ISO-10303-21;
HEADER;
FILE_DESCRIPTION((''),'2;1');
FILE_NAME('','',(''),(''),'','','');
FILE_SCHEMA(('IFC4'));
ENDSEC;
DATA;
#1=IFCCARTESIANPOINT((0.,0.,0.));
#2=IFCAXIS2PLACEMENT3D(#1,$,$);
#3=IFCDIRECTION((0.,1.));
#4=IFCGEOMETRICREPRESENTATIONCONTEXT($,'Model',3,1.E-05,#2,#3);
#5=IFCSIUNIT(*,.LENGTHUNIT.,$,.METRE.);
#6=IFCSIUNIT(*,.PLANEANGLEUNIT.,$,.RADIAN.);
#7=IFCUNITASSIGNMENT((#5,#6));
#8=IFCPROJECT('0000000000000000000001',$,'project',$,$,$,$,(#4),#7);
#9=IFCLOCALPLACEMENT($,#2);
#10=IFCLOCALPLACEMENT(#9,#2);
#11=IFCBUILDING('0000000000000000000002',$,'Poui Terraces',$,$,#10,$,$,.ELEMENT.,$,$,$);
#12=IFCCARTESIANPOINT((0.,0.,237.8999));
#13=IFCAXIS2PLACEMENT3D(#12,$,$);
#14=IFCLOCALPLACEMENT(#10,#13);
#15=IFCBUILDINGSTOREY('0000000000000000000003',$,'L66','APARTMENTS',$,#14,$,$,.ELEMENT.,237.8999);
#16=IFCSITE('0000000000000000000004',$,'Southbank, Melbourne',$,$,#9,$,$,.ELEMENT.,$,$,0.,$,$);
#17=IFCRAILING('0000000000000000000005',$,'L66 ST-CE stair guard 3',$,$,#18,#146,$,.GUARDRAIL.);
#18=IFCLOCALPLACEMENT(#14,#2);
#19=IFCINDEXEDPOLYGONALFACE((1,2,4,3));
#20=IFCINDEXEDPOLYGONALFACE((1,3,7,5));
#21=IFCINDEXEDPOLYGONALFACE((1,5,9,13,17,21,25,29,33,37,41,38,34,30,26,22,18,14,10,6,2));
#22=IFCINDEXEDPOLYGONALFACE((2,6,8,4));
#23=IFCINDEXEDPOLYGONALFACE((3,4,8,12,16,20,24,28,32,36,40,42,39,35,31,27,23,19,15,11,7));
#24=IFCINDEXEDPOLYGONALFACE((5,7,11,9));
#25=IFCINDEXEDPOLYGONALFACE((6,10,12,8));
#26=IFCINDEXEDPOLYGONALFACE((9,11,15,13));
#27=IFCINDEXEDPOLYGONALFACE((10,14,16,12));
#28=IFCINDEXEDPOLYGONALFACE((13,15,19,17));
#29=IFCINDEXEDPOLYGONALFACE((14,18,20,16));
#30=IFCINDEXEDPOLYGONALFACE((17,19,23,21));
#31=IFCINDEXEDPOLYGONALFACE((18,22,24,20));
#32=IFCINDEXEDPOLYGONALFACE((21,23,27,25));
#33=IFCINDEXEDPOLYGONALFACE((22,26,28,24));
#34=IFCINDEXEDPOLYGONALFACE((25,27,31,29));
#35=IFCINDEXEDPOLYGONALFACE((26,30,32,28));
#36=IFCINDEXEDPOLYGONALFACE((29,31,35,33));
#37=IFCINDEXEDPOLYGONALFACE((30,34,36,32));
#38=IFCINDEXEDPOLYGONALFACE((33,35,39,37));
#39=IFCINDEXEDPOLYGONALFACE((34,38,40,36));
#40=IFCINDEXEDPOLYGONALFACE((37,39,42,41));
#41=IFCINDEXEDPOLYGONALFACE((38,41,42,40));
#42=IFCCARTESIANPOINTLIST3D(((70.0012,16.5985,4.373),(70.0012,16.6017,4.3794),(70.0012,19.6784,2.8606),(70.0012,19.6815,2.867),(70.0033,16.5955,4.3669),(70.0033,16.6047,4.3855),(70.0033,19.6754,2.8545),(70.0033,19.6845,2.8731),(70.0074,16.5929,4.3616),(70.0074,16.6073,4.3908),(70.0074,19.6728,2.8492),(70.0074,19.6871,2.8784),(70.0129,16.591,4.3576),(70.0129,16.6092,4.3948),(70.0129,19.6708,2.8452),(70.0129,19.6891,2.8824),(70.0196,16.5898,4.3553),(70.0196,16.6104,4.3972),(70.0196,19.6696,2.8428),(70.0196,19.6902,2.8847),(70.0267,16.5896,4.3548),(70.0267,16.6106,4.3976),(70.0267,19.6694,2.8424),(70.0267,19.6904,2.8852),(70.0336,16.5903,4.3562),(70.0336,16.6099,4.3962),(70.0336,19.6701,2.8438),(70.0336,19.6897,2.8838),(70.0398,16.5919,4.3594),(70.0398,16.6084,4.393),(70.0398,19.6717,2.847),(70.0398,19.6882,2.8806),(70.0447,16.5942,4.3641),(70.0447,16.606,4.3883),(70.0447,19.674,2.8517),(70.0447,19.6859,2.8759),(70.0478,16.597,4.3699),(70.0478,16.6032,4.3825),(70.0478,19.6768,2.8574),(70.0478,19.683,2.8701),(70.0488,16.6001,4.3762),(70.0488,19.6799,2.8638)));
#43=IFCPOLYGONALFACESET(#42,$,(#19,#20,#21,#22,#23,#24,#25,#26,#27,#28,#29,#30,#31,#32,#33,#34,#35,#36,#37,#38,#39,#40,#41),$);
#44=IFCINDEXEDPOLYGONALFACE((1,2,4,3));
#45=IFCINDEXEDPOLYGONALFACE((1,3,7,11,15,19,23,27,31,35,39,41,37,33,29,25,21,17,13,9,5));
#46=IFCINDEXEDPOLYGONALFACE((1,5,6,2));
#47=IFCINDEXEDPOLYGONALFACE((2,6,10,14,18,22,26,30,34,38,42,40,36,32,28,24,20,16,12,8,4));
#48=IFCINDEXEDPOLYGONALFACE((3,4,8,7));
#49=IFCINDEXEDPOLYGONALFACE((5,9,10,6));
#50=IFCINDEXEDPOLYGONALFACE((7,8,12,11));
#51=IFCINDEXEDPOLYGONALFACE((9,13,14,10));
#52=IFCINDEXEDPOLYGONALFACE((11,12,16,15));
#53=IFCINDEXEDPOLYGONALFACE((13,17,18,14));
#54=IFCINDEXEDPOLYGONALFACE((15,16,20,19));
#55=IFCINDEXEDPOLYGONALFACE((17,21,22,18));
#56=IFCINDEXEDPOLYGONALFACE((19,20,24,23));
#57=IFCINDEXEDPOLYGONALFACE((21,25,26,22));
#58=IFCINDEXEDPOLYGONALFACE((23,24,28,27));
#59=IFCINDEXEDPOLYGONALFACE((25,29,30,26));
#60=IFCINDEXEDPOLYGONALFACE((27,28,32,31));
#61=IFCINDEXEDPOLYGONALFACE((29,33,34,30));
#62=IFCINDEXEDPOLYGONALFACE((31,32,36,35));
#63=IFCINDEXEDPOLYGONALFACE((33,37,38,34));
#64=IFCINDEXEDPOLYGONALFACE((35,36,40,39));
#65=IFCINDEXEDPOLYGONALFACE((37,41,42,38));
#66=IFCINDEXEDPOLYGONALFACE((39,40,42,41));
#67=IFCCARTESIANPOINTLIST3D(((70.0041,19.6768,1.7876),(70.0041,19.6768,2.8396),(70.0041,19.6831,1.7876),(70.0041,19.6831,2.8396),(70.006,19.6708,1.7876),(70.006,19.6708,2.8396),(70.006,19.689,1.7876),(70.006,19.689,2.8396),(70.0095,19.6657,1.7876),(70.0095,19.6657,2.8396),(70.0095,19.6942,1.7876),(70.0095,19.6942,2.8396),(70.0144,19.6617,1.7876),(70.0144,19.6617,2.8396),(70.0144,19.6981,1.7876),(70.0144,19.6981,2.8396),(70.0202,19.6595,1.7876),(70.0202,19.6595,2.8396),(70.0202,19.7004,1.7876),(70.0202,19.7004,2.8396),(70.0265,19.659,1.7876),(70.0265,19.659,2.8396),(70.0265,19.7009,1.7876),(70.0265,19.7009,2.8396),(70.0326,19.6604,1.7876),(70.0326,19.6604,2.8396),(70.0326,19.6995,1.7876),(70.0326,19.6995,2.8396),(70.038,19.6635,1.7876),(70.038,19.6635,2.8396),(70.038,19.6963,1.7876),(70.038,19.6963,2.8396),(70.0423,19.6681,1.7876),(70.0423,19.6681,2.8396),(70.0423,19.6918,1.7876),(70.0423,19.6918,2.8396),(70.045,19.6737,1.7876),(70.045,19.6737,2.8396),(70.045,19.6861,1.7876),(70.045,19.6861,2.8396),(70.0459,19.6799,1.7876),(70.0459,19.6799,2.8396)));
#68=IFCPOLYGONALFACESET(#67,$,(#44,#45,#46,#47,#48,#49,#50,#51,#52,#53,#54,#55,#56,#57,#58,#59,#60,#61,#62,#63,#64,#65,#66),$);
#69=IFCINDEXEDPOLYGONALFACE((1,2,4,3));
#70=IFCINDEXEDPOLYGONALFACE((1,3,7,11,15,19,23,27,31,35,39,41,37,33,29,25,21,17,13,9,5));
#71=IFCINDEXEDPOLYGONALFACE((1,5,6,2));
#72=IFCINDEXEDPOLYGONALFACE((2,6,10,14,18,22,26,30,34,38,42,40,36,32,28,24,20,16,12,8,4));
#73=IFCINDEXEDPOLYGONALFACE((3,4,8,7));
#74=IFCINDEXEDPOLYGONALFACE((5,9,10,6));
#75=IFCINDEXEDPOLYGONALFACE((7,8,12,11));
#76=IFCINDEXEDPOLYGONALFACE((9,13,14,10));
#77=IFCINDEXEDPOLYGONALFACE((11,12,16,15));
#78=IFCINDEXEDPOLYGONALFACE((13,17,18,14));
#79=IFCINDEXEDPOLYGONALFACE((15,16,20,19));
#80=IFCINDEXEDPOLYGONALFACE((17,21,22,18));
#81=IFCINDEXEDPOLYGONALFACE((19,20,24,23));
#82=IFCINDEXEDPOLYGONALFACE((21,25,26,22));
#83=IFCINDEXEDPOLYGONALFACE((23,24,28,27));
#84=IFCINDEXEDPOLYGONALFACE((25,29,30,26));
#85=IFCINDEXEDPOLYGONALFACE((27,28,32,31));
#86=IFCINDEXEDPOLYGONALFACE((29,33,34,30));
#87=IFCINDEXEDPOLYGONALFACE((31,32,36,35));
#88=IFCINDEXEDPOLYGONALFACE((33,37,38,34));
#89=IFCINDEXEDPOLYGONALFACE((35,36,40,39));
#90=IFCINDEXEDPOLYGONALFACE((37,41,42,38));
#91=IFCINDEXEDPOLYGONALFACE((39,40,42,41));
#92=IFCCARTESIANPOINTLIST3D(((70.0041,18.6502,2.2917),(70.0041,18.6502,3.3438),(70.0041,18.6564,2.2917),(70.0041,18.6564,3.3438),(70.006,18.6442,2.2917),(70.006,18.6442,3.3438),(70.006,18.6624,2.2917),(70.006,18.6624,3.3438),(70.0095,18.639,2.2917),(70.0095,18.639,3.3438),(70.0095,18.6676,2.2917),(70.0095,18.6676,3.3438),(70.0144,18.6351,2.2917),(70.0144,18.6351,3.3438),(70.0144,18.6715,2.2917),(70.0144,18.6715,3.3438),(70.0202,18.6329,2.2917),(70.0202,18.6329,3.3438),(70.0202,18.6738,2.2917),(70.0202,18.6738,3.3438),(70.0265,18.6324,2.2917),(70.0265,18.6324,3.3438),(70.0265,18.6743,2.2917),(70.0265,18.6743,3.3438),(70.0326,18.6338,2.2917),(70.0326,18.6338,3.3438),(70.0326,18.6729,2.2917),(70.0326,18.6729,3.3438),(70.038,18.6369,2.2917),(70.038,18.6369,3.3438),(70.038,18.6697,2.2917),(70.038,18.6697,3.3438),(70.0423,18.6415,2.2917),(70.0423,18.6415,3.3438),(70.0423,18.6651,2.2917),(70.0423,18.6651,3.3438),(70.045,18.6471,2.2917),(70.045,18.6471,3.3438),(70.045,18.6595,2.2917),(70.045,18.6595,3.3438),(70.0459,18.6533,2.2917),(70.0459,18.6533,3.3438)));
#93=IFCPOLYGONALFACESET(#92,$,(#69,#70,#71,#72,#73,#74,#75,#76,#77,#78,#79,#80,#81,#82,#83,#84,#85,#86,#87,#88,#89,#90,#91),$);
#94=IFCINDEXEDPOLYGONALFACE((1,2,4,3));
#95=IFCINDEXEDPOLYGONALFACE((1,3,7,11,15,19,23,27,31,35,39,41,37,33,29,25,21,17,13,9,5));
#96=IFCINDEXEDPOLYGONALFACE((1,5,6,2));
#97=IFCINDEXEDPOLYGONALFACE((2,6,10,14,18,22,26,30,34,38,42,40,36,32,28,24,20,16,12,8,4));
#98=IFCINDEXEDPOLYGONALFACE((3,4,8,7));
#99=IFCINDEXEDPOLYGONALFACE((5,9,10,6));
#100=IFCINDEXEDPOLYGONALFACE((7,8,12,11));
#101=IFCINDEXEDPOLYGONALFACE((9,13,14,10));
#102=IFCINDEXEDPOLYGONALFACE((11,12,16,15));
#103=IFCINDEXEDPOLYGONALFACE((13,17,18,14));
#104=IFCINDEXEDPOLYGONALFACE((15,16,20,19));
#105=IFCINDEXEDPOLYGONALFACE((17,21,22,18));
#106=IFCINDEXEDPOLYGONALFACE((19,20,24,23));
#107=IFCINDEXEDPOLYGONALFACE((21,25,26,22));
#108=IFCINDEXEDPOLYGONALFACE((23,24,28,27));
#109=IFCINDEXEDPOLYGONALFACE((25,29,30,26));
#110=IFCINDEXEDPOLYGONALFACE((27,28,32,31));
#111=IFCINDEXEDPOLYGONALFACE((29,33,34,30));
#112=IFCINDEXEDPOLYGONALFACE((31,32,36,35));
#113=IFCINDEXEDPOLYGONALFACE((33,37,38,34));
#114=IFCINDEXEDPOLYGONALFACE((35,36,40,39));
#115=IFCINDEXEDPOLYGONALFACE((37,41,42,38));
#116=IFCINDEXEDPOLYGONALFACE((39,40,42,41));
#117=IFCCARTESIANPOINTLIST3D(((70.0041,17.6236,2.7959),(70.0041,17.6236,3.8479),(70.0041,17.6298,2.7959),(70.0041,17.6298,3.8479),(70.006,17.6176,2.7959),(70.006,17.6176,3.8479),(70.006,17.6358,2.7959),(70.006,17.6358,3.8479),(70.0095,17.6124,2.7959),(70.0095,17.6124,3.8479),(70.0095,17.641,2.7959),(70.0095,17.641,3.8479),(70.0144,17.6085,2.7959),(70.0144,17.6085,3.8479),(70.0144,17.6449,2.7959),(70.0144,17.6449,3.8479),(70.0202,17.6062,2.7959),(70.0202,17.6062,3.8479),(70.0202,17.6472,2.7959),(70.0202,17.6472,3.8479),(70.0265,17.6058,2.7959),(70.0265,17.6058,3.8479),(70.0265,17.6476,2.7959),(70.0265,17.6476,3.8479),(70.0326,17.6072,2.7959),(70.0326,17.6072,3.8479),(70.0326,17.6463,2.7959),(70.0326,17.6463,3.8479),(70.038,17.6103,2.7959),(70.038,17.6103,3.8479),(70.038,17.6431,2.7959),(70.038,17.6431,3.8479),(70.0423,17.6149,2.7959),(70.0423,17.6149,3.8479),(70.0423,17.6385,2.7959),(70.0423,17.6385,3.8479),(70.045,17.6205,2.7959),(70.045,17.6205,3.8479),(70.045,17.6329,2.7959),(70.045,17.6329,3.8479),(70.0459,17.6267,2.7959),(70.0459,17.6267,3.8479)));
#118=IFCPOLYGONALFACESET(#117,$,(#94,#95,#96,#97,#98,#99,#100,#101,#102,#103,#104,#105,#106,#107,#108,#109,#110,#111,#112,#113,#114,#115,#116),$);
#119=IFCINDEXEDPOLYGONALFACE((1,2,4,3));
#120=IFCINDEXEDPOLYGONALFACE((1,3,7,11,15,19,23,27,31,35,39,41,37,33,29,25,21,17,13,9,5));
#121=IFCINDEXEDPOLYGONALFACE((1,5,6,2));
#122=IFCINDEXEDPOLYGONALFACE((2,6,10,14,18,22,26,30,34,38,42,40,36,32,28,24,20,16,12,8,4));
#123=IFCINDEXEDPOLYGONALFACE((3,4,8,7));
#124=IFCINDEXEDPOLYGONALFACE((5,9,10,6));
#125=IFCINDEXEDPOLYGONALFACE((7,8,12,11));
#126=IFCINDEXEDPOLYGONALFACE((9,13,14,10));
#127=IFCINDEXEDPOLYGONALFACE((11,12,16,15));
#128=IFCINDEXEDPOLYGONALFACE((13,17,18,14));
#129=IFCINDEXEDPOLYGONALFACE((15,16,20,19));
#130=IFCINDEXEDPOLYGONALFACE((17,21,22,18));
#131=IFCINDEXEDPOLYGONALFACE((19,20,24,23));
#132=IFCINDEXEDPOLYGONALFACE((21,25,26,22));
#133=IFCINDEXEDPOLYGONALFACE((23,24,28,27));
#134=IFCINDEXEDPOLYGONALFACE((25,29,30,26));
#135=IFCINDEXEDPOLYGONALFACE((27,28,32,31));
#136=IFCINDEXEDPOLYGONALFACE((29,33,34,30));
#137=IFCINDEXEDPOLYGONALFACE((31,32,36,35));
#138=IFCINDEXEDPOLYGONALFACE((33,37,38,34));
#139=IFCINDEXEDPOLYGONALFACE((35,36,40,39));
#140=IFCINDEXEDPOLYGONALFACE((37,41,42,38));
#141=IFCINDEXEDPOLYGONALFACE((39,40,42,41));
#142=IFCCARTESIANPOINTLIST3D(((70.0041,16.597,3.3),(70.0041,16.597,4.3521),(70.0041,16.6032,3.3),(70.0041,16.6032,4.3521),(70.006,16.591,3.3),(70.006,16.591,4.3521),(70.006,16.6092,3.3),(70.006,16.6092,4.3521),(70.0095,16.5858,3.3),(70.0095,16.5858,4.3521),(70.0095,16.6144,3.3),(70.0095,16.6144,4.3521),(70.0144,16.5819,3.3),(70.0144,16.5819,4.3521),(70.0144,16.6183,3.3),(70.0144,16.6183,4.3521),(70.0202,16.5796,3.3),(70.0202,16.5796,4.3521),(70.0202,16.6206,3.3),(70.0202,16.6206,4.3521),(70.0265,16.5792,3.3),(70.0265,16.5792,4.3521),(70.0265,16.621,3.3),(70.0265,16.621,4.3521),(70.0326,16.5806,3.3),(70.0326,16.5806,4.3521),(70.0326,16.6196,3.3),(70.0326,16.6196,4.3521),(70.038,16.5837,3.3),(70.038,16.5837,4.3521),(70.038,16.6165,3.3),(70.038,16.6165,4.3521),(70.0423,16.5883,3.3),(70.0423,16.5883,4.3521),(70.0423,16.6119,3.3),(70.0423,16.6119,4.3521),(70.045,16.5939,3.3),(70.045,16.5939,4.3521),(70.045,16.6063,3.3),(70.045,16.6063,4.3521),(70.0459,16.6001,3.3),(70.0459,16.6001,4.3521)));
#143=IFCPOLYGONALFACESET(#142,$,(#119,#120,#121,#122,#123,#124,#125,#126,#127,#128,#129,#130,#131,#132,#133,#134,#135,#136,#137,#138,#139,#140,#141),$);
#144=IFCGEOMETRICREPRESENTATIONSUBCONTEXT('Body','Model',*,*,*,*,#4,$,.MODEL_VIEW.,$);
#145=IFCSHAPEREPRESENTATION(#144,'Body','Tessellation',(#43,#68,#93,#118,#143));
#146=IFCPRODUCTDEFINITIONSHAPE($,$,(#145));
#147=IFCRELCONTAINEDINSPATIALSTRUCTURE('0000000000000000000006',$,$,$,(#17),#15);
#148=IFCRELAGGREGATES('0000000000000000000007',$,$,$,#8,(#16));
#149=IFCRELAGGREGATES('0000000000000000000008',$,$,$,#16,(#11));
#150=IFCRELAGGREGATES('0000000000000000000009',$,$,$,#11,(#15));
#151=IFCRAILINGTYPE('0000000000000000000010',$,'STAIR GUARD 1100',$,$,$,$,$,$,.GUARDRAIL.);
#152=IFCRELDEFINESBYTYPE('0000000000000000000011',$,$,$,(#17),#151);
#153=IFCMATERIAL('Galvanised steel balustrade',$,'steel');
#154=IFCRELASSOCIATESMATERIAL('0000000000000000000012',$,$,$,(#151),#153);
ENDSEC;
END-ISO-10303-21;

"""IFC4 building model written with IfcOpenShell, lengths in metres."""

from ifc_helpers import new_model, si_unit, direction, frame, origin, origin_2d, place, context, subcontext, project, spatial, circle, extrude, material, type_object, element, save


model = new_model("IFC4")

# Units and contexts
model_context = context("Model", 3, precision=1e-05, world=origin(), true_north=direction((0.0, 1.0)))
body_context = subcontext(model_context, "Body", "Model", "MODEL_VIEW")
ifc_project = project(units=[si_unit("LENGTHUNIT", "METRE"), si_unit("PLANEANGLEUNIT", "RADIAN")], contexts=[model_context])

# Site, building, storey
site_placement = place(None, origin())
site = spatial("IfcSite", under=ifc_project, at=site_placement, Name="Southbank, Melbourne", CompositionType="ELEMENT", RefElevation=0.0)
building_placement = place(site_placement, origin())
building = spatial("IfcBuilding", under=site, at=building_placement, Name="Poui Terraces", CompositionType="ELEMENT")
storey_placement = place(building_placement, frame((0.0, 0.0, 237.8999)))
storey = spatial("IfcBuildingStorey", under=building, at=storey_placement, Name="L66", Description="APARTMENTS", CompositionType="ELEMENT", Elevation=237.8999)

# Railing
ifc_material_1 = material(Name="Galvanised steel balustrade", Category="steel")
railing_type_1 = type_object("IfcRailingType", Name="STAIR GUARD 1100", PredefinedType="GUARDRAIL", material=ifc_material_1)
railing_1_placement = place(storey_placement, frame((70.0249, 19.6799, 1.7876)))
element("IfcRailing", 1, at=railing_1_placement, inside=storey, type_object=railing_type_1, Name="L66 ST-CE stair guard 3", PredefinedType="GUARDRAIL", context=body_context, shape_type="SweptSolid", body=[
    extrude(circle(Radius=0.0239, at=origin_2d()), frame((0.0, 0.0, 1.0762), z_axis=(0.0, -0.897606, 0.440798), x_axis=(1.0, 0.0, 0.0)), (0.0, 0.0, 1.0), 3.4312),
    extrude(circle(Radius=0.021, at=origin_2d()), origin(), (0.0, 0.0, 1.0), 1.052),
    extrude(circle(Radius=0.021, at=origin_2d()), frame((0.0, -1.0266, 0.5042)), (0.0, 0.0, 1.0), 1.052),
    extrude(circle(Radius=0.021, at=origin_2d()), frame((0.0, -2.0532, 1.0083)), (0.0, 0.0, 1.0), 1.052),
    extrude(circle(Radius=0.021, at=origin_2d()), frame((0.0, -3.0798, 1.5125)), (0.0, 0.0, 1.0), 1.052),
])

save(model, "model.ifc")
